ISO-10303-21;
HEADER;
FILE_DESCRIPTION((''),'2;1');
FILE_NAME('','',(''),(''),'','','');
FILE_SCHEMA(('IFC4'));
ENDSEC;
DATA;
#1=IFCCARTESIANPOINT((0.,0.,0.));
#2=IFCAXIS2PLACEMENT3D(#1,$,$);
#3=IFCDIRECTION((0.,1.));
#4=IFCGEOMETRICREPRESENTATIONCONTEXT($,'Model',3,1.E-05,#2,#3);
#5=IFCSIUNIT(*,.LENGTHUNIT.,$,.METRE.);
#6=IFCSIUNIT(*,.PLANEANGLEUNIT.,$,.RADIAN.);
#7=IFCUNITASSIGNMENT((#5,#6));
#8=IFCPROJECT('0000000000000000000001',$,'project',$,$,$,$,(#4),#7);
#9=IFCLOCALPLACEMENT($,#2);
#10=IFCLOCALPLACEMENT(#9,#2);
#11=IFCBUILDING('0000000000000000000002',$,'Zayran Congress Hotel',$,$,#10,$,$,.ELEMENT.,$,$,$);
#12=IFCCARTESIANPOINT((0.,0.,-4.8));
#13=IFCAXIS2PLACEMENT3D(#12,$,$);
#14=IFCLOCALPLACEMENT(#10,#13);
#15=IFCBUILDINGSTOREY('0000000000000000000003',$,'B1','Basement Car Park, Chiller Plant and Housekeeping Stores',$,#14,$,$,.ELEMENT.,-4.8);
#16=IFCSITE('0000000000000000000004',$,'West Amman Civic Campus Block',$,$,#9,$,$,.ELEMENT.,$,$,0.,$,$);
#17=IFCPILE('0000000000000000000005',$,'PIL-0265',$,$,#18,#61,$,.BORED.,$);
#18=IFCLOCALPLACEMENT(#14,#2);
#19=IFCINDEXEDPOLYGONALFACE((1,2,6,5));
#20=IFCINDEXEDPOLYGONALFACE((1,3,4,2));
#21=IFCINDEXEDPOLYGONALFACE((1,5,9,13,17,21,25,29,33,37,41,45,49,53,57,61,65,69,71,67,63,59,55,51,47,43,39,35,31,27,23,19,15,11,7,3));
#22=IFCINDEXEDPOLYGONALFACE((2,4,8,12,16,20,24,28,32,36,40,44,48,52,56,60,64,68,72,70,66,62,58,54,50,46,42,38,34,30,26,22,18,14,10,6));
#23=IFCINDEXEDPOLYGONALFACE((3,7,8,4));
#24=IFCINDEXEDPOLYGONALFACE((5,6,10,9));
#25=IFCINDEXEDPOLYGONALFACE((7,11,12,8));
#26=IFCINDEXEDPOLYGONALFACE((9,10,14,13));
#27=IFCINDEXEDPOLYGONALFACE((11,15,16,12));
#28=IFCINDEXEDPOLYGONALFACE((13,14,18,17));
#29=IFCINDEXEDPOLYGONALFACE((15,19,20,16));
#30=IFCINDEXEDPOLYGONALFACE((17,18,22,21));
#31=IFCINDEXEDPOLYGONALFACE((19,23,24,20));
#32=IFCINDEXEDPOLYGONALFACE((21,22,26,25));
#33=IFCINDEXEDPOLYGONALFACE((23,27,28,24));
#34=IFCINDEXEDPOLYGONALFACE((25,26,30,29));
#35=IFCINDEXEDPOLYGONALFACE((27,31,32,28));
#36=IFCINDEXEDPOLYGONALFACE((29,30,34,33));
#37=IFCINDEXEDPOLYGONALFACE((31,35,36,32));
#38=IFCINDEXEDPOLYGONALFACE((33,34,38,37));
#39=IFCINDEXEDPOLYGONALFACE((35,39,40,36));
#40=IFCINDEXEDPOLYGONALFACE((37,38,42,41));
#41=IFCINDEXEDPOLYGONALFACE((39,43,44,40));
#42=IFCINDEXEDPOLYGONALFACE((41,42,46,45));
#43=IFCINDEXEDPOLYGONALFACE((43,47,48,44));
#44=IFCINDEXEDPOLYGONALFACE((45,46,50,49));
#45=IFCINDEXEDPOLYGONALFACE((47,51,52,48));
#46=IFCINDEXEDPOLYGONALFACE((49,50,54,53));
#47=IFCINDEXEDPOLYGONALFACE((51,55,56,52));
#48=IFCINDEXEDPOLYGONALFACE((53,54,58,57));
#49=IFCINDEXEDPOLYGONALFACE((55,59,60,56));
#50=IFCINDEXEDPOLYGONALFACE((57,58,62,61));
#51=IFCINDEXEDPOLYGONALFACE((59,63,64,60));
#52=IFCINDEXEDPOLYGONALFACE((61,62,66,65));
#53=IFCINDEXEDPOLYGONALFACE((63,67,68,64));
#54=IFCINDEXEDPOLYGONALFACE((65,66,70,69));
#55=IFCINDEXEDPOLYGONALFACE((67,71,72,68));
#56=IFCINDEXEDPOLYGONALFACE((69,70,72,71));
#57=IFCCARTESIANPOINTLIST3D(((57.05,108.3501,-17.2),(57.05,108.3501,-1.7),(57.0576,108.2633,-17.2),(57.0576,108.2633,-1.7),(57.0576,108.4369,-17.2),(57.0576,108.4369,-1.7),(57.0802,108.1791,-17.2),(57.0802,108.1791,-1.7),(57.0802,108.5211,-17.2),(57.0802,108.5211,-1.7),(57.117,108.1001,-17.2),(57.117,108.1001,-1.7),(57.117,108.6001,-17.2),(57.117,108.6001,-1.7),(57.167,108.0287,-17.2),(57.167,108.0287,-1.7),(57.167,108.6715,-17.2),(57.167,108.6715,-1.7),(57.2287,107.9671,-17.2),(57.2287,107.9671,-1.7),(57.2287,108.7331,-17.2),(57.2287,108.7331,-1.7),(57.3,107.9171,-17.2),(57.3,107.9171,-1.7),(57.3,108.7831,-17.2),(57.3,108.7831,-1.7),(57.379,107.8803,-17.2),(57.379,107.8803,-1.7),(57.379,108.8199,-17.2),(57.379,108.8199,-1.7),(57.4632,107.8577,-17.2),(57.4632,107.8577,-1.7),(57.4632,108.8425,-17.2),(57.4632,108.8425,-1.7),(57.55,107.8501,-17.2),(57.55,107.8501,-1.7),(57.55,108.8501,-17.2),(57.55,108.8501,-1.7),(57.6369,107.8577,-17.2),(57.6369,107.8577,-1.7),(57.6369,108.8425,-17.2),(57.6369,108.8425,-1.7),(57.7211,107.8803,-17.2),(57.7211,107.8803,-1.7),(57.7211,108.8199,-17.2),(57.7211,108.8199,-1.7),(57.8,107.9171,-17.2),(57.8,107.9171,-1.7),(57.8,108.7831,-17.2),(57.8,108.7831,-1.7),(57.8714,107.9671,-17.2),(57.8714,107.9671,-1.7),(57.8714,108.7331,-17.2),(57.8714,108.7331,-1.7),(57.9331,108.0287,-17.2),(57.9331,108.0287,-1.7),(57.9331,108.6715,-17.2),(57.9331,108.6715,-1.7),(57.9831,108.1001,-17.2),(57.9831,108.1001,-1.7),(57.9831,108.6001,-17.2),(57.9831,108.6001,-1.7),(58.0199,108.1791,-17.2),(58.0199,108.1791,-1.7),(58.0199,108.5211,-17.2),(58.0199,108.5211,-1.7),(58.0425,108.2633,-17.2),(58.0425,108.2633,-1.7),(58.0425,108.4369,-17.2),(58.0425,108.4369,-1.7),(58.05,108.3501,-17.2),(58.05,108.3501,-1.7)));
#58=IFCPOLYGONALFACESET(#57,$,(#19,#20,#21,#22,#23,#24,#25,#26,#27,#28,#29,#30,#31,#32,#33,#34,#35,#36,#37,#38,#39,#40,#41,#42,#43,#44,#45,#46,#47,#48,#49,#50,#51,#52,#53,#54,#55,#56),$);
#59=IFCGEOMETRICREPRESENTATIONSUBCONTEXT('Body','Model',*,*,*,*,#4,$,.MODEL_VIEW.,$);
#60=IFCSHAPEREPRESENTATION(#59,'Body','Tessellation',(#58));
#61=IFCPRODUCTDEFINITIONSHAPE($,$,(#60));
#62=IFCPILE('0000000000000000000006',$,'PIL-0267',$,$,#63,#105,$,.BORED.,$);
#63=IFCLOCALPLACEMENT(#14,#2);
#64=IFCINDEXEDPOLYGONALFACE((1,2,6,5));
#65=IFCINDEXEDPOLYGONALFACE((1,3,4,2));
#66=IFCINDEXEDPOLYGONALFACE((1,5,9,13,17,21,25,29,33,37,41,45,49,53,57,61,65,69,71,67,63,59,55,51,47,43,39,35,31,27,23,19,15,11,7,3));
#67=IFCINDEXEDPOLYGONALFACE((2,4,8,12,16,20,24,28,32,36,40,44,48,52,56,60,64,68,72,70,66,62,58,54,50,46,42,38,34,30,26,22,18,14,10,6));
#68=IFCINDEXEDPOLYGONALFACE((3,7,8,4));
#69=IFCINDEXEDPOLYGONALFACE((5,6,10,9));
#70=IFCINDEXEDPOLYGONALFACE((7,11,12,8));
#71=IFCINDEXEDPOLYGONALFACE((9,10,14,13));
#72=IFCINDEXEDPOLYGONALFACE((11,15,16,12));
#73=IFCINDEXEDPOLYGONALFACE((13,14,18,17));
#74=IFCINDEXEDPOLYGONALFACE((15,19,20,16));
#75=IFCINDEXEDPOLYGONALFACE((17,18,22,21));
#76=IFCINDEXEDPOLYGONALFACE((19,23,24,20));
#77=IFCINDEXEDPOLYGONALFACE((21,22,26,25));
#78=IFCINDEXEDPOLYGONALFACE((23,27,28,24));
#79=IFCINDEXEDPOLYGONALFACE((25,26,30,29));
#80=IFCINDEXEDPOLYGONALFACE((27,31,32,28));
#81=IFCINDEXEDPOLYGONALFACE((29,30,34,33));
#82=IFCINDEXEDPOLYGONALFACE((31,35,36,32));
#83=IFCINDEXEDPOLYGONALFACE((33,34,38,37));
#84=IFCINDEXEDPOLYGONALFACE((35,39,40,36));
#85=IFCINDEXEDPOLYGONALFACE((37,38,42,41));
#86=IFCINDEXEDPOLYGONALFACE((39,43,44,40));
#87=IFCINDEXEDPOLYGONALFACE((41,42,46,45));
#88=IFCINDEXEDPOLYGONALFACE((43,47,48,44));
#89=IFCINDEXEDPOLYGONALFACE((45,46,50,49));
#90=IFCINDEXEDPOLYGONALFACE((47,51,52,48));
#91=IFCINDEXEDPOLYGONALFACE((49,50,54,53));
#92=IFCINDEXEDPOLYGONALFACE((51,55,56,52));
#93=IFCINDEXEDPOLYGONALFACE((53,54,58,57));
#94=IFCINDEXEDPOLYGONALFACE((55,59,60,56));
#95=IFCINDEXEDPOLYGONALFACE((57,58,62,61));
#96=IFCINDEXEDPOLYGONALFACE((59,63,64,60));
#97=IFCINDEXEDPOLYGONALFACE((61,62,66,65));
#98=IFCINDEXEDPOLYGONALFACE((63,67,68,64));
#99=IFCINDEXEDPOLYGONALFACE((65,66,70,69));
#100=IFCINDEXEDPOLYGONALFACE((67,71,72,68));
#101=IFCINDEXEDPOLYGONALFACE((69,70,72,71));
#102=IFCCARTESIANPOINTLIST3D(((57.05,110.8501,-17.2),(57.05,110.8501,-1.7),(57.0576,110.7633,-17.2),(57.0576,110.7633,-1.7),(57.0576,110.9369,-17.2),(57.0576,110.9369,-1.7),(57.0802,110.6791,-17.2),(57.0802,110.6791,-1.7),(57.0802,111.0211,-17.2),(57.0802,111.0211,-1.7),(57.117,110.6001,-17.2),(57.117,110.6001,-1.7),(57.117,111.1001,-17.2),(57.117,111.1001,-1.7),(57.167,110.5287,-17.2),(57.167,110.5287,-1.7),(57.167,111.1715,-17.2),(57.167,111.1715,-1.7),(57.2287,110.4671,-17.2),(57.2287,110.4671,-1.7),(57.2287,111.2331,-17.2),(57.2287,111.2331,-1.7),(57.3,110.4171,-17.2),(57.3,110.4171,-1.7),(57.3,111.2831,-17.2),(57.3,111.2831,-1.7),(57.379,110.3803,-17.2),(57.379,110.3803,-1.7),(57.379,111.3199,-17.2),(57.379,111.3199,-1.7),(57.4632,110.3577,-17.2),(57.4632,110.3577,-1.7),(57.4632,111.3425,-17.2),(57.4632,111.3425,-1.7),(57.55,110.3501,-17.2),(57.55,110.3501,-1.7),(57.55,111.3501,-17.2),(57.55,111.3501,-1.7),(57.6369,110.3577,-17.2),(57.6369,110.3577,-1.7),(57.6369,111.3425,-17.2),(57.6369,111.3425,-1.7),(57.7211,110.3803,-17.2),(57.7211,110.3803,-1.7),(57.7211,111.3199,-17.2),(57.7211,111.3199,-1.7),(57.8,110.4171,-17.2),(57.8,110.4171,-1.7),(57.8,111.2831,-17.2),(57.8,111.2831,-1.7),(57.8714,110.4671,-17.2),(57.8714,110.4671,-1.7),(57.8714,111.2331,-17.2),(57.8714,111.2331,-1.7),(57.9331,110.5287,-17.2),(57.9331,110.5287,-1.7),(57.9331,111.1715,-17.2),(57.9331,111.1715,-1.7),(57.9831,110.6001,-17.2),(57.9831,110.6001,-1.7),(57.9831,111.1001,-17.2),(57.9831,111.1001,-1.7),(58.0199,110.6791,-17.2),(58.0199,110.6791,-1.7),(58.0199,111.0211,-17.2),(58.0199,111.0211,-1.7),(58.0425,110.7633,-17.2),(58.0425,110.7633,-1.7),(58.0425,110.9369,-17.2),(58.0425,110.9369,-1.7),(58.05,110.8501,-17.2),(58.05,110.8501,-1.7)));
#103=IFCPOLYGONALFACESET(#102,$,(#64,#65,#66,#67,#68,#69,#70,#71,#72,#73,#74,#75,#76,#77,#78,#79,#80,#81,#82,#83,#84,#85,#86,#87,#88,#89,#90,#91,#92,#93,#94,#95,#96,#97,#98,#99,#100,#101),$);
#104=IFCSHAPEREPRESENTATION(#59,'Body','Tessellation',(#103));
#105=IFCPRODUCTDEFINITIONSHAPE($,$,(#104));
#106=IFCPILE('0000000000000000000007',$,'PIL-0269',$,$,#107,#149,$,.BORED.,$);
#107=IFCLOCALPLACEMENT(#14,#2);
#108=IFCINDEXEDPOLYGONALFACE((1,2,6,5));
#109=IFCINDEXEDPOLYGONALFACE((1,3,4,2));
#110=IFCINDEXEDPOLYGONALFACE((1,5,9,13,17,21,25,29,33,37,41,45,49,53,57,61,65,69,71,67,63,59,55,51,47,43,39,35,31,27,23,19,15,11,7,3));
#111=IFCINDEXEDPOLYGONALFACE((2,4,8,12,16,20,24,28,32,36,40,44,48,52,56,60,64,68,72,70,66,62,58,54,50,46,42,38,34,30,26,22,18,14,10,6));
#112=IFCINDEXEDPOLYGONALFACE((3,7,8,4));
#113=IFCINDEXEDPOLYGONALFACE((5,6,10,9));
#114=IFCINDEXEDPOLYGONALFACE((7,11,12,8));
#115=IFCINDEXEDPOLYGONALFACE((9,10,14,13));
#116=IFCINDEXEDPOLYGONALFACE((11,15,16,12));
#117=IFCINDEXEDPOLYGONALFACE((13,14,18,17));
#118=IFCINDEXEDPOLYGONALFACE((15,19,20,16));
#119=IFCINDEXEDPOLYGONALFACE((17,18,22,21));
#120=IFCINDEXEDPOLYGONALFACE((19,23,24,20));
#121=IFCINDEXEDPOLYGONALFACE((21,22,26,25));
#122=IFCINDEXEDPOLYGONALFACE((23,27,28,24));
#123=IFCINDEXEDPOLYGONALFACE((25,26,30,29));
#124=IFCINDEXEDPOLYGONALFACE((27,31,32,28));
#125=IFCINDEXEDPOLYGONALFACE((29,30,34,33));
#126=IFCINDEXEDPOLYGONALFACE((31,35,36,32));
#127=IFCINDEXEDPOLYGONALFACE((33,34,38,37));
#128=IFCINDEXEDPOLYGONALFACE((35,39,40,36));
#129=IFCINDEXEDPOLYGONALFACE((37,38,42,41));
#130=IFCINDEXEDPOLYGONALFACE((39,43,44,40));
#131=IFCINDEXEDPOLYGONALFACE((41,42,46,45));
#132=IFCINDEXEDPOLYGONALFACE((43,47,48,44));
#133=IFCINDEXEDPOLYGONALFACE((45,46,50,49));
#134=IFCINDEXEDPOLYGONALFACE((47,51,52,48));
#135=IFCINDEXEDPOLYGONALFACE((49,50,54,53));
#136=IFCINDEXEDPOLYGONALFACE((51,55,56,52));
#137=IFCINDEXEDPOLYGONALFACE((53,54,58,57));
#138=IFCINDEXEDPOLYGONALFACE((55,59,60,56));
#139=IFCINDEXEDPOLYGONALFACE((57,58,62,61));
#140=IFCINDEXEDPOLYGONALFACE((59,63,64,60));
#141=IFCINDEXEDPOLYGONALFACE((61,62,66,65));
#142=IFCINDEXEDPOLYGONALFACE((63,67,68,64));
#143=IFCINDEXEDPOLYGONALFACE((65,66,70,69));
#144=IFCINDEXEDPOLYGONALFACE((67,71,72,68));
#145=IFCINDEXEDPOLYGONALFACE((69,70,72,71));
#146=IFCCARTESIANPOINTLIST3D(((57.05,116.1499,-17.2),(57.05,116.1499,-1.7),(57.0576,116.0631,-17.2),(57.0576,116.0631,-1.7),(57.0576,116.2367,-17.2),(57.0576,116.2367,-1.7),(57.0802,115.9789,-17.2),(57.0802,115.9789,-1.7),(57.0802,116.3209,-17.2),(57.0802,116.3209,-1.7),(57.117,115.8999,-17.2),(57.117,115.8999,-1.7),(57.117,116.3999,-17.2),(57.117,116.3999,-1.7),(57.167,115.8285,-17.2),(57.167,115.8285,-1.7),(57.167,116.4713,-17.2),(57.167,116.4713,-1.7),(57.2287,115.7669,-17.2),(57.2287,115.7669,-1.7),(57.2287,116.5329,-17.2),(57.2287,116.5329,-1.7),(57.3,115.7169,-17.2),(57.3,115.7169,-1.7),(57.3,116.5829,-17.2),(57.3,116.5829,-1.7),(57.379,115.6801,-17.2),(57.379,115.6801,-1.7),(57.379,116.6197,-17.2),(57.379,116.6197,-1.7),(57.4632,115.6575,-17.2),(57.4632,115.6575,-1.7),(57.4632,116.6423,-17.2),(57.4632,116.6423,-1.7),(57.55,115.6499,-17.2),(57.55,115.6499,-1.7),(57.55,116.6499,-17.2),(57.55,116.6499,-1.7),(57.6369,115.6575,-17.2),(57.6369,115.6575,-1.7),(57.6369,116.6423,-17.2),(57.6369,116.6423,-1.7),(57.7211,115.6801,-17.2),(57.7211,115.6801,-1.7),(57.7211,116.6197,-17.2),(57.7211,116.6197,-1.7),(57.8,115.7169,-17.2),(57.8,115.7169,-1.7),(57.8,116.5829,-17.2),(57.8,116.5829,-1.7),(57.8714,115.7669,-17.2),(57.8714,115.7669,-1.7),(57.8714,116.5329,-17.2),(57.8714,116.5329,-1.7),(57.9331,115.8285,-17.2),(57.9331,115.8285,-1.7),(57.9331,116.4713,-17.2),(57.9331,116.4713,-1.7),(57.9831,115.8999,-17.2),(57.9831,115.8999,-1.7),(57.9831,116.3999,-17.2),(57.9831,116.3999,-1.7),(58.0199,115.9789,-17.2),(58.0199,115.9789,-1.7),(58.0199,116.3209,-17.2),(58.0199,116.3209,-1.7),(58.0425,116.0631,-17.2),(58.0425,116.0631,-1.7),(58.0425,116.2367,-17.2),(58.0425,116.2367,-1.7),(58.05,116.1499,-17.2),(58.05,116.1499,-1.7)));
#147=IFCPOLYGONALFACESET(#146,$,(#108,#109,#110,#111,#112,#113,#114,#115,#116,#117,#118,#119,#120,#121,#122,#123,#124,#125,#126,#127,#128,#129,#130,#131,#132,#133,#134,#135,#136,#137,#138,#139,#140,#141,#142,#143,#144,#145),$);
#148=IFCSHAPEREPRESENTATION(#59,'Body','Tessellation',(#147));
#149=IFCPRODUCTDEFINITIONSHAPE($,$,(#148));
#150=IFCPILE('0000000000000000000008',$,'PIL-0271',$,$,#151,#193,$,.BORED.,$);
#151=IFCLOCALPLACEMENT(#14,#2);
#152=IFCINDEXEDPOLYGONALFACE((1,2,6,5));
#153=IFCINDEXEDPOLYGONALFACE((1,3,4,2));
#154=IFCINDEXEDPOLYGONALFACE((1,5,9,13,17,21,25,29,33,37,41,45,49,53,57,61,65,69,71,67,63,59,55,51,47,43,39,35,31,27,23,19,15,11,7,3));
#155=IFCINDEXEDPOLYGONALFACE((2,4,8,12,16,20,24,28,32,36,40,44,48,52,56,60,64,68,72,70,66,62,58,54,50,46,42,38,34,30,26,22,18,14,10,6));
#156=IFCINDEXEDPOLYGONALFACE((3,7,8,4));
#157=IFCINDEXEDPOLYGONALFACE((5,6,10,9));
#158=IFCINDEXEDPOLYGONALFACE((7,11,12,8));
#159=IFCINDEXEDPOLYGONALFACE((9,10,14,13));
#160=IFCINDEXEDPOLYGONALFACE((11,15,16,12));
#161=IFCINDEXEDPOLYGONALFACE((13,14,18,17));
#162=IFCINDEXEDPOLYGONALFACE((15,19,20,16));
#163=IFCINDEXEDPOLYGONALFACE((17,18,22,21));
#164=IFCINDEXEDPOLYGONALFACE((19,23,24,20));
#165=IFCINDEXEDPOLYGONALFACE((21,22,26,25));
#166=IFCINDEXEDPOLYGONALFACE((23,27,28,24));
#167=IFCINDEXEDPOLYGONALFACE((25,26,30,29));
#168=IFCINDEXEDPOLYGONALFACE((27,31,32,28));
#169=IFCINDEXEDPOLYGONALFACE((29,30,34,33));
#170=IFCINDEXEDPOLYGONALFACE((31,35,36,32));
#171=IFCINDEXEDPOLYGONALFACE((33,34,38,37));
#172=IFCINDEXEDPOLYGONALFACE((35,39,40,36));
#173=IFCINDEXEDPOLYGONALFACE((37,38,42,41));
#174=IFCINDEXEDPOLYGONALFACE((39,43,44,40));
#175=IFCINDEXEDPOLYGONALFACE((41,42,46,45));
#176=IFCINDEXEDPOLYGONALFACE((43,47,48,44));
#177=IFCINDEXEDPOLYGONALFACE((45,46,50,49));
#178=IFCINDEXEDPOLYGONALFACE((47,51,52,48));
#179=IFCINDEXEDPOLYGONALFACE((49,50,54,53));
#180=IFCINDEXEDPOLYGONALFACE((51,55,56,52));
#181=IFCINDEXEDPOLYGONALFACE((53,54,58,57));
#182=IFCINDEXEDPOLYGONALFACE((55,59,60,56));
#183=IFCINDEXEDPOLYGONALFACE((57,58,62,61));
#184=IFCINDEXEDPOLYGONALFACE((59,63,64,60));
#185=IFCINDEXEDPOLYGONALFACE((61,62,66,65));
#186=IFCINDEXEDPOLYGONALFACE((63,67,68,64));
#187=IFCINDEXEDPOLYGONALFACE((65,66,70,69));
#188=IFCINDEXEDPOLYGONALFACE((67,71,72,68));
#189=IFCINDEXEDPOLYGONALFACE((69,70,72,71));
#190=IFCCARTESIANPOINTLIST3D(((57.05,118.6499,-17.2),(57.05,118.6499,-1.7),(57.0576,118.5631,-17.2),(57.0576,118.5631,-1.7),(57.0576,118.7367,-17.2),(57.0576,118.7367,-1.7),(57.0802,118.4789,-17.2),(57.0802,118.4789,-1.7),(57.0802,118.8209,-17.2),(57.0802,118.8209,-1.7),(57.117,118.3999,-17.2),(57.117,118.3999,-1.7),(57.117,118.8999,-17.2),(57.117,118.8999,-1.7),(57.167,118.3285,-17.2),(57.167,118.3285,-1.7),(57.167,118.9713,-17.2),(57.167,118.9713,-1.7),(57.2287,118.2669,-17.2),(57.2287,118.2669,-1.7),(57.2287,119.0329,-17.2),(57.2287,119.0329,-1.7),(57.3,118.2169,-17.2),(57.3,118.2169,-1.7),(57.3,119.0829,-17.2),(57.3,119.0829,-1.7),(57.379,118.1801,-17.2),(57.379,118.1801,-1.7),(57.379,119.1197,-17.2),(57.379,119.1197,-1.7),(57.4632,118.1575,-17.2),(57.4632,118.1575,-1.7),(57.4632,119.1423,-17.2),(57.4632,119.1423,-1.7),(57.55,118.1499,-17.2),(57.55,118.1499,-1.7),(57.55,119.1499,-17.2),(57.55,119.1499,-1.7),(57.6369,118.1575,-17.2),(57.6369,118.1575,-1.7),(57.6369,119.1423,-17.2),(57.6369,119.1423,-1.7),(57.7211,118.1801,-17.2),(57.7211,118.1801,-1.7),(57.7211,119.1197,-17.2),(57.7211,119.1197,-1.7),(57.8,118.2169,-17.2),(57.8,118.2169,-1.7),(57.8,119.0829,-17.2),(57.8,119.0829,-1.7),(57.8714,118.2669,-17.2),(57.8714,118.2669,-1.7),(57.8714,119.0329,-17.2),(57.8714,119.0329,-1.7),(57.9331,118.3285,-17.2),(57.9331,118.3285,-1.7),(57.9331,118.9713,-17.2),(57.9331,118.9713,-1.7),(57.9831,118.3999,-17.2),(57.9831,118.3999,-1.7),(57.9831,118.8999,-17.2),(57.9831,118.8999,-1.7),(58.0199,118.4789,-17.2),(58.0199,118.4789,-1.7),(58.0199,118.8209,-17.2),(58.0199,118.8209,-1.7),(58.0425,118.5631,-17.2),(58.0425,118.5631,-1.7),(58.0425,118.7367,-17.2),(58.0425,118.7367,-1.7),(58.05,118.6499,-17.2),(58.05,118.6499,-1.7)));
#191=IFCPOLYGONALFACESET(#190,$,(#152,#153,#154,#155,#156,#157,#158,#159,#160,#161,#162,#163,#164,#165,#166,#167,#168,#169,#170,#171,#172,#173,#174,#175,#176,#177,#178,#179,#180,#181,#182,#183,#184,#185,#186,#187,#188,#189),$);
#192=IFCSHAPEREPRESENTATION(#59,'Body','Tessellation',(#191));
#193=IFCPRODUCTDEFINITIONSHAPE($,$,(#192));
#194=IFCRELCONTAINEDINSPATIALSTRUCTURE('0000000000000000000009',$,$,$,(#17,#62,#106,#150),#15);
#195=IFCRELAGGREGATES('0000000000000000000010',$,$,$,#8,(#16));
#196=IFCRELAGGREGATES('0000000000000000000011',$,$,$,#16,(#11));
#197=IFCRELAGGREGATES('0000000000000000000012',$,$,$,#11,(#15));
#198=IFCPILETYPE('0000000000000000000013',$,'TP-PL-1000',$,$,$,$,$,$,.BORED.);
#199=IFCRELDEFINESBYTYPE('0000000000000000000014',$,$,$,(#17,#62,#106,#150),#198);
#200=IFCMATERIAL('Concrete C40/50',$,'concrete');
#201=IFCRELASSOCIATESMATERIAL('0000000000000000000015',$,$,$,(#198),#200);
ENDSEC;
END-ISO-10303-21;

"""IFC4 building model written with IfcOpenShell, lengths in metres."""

from ifc_helpers import new_model, si_unit, direction, frame, origin, origin_2d, place, context, subcontext, project, spatial, circle, extrude, material, material_profile, profile_set, type_object, element, save


model = new_model("IFC4")

# Units and contexts
model_context = context("Model", 3, precision=1e-05, world=origin(), true_north=direction((0.0, 1.0)))
body_context = subcontext(model_context, "Body", "Model", "MODEL_VIEW")
ifc_project = project(units=[si_unit("LENGTHUNIT", "METRE"), si_unit("PLANEANGLEUNIT", "RADIAN")], contexts=[model_context])

# Site, building, storey
site_placement = place(None, origin())
site = spatial("IfcSite", under=ifc_project, at=site_placement, Name="West Amman Civic Campus Block", CompositionType="ELEMENT", RefElevation=0.0)
building_placement = place(site_placement, origin())
building = spatial("IfcBuilding", under=site, at=building_placement, Name="Zayran Congress Hotel", CompositionType="ELEMENT")
storey_placement = place(building_placement, frame((0.0, 0.0, -4.8)))
storey = spatial("IfcBuildingStorey", under=building, at=storey_placement, Name="B1", Description="Basement Car Park, Chiller Plant and Housekeeping Stores", CompositionType="ELEMENT", Elevation=-4.8)

# Piles
ifc_material = material(Name="Concrete C40/50", Category="concrete")
ifc_material_profile_1 = material_profile(ifc_material, circle(Radius=0.5, at=origin_2d()), Name="PILE D1000")
ifc_profile_set_1 = profile_set([ifc_material_profile_1], Name="Concrete C40/50")
pile_type = type_object("IfcPileType", Name="TP-PL-1000", PredefinedType="BORED", material=ifc_profile_set_1)
for number, where, z_axis, x_axis, name in (
    (1, (57.55, 108.3501, -1.7), (0.0, 0.0, -1.0), (1.0, 0.0, 0.0), "PIL-0265"),
    (2, (57.55, 110.8501, -1.7), (0.0, 0.0, -1.0), (1.0, 0.0, 0.0), "PIL-0267"),
    (3, (57.55, 116.1499, -1.7), (0.0, 0.0, -1.0), (1.0, 0.0, 0.0), "PIL-0269"),
    (4, (57.55, 118.6499, -1.7), (0.0, 0.0, -1.0), (1.0, 0.0, 0.0), "PIL-0271"),
):
    element("IfcPile", number, at=place(storey_placement, frame(where, z_axis=z_axis, x_axis=x_axis)), inside=storey, type_object=pile_type, Name=name, PredefinedType="BORED", context=body_context, shape_type="SweptSolid", body=[
        extrude(circle(Radius=0.5, at=origin_2d()), origin(), (0.0, 0.0, 1.0), 15.5),
    ])

save(model, "model.ifc")
